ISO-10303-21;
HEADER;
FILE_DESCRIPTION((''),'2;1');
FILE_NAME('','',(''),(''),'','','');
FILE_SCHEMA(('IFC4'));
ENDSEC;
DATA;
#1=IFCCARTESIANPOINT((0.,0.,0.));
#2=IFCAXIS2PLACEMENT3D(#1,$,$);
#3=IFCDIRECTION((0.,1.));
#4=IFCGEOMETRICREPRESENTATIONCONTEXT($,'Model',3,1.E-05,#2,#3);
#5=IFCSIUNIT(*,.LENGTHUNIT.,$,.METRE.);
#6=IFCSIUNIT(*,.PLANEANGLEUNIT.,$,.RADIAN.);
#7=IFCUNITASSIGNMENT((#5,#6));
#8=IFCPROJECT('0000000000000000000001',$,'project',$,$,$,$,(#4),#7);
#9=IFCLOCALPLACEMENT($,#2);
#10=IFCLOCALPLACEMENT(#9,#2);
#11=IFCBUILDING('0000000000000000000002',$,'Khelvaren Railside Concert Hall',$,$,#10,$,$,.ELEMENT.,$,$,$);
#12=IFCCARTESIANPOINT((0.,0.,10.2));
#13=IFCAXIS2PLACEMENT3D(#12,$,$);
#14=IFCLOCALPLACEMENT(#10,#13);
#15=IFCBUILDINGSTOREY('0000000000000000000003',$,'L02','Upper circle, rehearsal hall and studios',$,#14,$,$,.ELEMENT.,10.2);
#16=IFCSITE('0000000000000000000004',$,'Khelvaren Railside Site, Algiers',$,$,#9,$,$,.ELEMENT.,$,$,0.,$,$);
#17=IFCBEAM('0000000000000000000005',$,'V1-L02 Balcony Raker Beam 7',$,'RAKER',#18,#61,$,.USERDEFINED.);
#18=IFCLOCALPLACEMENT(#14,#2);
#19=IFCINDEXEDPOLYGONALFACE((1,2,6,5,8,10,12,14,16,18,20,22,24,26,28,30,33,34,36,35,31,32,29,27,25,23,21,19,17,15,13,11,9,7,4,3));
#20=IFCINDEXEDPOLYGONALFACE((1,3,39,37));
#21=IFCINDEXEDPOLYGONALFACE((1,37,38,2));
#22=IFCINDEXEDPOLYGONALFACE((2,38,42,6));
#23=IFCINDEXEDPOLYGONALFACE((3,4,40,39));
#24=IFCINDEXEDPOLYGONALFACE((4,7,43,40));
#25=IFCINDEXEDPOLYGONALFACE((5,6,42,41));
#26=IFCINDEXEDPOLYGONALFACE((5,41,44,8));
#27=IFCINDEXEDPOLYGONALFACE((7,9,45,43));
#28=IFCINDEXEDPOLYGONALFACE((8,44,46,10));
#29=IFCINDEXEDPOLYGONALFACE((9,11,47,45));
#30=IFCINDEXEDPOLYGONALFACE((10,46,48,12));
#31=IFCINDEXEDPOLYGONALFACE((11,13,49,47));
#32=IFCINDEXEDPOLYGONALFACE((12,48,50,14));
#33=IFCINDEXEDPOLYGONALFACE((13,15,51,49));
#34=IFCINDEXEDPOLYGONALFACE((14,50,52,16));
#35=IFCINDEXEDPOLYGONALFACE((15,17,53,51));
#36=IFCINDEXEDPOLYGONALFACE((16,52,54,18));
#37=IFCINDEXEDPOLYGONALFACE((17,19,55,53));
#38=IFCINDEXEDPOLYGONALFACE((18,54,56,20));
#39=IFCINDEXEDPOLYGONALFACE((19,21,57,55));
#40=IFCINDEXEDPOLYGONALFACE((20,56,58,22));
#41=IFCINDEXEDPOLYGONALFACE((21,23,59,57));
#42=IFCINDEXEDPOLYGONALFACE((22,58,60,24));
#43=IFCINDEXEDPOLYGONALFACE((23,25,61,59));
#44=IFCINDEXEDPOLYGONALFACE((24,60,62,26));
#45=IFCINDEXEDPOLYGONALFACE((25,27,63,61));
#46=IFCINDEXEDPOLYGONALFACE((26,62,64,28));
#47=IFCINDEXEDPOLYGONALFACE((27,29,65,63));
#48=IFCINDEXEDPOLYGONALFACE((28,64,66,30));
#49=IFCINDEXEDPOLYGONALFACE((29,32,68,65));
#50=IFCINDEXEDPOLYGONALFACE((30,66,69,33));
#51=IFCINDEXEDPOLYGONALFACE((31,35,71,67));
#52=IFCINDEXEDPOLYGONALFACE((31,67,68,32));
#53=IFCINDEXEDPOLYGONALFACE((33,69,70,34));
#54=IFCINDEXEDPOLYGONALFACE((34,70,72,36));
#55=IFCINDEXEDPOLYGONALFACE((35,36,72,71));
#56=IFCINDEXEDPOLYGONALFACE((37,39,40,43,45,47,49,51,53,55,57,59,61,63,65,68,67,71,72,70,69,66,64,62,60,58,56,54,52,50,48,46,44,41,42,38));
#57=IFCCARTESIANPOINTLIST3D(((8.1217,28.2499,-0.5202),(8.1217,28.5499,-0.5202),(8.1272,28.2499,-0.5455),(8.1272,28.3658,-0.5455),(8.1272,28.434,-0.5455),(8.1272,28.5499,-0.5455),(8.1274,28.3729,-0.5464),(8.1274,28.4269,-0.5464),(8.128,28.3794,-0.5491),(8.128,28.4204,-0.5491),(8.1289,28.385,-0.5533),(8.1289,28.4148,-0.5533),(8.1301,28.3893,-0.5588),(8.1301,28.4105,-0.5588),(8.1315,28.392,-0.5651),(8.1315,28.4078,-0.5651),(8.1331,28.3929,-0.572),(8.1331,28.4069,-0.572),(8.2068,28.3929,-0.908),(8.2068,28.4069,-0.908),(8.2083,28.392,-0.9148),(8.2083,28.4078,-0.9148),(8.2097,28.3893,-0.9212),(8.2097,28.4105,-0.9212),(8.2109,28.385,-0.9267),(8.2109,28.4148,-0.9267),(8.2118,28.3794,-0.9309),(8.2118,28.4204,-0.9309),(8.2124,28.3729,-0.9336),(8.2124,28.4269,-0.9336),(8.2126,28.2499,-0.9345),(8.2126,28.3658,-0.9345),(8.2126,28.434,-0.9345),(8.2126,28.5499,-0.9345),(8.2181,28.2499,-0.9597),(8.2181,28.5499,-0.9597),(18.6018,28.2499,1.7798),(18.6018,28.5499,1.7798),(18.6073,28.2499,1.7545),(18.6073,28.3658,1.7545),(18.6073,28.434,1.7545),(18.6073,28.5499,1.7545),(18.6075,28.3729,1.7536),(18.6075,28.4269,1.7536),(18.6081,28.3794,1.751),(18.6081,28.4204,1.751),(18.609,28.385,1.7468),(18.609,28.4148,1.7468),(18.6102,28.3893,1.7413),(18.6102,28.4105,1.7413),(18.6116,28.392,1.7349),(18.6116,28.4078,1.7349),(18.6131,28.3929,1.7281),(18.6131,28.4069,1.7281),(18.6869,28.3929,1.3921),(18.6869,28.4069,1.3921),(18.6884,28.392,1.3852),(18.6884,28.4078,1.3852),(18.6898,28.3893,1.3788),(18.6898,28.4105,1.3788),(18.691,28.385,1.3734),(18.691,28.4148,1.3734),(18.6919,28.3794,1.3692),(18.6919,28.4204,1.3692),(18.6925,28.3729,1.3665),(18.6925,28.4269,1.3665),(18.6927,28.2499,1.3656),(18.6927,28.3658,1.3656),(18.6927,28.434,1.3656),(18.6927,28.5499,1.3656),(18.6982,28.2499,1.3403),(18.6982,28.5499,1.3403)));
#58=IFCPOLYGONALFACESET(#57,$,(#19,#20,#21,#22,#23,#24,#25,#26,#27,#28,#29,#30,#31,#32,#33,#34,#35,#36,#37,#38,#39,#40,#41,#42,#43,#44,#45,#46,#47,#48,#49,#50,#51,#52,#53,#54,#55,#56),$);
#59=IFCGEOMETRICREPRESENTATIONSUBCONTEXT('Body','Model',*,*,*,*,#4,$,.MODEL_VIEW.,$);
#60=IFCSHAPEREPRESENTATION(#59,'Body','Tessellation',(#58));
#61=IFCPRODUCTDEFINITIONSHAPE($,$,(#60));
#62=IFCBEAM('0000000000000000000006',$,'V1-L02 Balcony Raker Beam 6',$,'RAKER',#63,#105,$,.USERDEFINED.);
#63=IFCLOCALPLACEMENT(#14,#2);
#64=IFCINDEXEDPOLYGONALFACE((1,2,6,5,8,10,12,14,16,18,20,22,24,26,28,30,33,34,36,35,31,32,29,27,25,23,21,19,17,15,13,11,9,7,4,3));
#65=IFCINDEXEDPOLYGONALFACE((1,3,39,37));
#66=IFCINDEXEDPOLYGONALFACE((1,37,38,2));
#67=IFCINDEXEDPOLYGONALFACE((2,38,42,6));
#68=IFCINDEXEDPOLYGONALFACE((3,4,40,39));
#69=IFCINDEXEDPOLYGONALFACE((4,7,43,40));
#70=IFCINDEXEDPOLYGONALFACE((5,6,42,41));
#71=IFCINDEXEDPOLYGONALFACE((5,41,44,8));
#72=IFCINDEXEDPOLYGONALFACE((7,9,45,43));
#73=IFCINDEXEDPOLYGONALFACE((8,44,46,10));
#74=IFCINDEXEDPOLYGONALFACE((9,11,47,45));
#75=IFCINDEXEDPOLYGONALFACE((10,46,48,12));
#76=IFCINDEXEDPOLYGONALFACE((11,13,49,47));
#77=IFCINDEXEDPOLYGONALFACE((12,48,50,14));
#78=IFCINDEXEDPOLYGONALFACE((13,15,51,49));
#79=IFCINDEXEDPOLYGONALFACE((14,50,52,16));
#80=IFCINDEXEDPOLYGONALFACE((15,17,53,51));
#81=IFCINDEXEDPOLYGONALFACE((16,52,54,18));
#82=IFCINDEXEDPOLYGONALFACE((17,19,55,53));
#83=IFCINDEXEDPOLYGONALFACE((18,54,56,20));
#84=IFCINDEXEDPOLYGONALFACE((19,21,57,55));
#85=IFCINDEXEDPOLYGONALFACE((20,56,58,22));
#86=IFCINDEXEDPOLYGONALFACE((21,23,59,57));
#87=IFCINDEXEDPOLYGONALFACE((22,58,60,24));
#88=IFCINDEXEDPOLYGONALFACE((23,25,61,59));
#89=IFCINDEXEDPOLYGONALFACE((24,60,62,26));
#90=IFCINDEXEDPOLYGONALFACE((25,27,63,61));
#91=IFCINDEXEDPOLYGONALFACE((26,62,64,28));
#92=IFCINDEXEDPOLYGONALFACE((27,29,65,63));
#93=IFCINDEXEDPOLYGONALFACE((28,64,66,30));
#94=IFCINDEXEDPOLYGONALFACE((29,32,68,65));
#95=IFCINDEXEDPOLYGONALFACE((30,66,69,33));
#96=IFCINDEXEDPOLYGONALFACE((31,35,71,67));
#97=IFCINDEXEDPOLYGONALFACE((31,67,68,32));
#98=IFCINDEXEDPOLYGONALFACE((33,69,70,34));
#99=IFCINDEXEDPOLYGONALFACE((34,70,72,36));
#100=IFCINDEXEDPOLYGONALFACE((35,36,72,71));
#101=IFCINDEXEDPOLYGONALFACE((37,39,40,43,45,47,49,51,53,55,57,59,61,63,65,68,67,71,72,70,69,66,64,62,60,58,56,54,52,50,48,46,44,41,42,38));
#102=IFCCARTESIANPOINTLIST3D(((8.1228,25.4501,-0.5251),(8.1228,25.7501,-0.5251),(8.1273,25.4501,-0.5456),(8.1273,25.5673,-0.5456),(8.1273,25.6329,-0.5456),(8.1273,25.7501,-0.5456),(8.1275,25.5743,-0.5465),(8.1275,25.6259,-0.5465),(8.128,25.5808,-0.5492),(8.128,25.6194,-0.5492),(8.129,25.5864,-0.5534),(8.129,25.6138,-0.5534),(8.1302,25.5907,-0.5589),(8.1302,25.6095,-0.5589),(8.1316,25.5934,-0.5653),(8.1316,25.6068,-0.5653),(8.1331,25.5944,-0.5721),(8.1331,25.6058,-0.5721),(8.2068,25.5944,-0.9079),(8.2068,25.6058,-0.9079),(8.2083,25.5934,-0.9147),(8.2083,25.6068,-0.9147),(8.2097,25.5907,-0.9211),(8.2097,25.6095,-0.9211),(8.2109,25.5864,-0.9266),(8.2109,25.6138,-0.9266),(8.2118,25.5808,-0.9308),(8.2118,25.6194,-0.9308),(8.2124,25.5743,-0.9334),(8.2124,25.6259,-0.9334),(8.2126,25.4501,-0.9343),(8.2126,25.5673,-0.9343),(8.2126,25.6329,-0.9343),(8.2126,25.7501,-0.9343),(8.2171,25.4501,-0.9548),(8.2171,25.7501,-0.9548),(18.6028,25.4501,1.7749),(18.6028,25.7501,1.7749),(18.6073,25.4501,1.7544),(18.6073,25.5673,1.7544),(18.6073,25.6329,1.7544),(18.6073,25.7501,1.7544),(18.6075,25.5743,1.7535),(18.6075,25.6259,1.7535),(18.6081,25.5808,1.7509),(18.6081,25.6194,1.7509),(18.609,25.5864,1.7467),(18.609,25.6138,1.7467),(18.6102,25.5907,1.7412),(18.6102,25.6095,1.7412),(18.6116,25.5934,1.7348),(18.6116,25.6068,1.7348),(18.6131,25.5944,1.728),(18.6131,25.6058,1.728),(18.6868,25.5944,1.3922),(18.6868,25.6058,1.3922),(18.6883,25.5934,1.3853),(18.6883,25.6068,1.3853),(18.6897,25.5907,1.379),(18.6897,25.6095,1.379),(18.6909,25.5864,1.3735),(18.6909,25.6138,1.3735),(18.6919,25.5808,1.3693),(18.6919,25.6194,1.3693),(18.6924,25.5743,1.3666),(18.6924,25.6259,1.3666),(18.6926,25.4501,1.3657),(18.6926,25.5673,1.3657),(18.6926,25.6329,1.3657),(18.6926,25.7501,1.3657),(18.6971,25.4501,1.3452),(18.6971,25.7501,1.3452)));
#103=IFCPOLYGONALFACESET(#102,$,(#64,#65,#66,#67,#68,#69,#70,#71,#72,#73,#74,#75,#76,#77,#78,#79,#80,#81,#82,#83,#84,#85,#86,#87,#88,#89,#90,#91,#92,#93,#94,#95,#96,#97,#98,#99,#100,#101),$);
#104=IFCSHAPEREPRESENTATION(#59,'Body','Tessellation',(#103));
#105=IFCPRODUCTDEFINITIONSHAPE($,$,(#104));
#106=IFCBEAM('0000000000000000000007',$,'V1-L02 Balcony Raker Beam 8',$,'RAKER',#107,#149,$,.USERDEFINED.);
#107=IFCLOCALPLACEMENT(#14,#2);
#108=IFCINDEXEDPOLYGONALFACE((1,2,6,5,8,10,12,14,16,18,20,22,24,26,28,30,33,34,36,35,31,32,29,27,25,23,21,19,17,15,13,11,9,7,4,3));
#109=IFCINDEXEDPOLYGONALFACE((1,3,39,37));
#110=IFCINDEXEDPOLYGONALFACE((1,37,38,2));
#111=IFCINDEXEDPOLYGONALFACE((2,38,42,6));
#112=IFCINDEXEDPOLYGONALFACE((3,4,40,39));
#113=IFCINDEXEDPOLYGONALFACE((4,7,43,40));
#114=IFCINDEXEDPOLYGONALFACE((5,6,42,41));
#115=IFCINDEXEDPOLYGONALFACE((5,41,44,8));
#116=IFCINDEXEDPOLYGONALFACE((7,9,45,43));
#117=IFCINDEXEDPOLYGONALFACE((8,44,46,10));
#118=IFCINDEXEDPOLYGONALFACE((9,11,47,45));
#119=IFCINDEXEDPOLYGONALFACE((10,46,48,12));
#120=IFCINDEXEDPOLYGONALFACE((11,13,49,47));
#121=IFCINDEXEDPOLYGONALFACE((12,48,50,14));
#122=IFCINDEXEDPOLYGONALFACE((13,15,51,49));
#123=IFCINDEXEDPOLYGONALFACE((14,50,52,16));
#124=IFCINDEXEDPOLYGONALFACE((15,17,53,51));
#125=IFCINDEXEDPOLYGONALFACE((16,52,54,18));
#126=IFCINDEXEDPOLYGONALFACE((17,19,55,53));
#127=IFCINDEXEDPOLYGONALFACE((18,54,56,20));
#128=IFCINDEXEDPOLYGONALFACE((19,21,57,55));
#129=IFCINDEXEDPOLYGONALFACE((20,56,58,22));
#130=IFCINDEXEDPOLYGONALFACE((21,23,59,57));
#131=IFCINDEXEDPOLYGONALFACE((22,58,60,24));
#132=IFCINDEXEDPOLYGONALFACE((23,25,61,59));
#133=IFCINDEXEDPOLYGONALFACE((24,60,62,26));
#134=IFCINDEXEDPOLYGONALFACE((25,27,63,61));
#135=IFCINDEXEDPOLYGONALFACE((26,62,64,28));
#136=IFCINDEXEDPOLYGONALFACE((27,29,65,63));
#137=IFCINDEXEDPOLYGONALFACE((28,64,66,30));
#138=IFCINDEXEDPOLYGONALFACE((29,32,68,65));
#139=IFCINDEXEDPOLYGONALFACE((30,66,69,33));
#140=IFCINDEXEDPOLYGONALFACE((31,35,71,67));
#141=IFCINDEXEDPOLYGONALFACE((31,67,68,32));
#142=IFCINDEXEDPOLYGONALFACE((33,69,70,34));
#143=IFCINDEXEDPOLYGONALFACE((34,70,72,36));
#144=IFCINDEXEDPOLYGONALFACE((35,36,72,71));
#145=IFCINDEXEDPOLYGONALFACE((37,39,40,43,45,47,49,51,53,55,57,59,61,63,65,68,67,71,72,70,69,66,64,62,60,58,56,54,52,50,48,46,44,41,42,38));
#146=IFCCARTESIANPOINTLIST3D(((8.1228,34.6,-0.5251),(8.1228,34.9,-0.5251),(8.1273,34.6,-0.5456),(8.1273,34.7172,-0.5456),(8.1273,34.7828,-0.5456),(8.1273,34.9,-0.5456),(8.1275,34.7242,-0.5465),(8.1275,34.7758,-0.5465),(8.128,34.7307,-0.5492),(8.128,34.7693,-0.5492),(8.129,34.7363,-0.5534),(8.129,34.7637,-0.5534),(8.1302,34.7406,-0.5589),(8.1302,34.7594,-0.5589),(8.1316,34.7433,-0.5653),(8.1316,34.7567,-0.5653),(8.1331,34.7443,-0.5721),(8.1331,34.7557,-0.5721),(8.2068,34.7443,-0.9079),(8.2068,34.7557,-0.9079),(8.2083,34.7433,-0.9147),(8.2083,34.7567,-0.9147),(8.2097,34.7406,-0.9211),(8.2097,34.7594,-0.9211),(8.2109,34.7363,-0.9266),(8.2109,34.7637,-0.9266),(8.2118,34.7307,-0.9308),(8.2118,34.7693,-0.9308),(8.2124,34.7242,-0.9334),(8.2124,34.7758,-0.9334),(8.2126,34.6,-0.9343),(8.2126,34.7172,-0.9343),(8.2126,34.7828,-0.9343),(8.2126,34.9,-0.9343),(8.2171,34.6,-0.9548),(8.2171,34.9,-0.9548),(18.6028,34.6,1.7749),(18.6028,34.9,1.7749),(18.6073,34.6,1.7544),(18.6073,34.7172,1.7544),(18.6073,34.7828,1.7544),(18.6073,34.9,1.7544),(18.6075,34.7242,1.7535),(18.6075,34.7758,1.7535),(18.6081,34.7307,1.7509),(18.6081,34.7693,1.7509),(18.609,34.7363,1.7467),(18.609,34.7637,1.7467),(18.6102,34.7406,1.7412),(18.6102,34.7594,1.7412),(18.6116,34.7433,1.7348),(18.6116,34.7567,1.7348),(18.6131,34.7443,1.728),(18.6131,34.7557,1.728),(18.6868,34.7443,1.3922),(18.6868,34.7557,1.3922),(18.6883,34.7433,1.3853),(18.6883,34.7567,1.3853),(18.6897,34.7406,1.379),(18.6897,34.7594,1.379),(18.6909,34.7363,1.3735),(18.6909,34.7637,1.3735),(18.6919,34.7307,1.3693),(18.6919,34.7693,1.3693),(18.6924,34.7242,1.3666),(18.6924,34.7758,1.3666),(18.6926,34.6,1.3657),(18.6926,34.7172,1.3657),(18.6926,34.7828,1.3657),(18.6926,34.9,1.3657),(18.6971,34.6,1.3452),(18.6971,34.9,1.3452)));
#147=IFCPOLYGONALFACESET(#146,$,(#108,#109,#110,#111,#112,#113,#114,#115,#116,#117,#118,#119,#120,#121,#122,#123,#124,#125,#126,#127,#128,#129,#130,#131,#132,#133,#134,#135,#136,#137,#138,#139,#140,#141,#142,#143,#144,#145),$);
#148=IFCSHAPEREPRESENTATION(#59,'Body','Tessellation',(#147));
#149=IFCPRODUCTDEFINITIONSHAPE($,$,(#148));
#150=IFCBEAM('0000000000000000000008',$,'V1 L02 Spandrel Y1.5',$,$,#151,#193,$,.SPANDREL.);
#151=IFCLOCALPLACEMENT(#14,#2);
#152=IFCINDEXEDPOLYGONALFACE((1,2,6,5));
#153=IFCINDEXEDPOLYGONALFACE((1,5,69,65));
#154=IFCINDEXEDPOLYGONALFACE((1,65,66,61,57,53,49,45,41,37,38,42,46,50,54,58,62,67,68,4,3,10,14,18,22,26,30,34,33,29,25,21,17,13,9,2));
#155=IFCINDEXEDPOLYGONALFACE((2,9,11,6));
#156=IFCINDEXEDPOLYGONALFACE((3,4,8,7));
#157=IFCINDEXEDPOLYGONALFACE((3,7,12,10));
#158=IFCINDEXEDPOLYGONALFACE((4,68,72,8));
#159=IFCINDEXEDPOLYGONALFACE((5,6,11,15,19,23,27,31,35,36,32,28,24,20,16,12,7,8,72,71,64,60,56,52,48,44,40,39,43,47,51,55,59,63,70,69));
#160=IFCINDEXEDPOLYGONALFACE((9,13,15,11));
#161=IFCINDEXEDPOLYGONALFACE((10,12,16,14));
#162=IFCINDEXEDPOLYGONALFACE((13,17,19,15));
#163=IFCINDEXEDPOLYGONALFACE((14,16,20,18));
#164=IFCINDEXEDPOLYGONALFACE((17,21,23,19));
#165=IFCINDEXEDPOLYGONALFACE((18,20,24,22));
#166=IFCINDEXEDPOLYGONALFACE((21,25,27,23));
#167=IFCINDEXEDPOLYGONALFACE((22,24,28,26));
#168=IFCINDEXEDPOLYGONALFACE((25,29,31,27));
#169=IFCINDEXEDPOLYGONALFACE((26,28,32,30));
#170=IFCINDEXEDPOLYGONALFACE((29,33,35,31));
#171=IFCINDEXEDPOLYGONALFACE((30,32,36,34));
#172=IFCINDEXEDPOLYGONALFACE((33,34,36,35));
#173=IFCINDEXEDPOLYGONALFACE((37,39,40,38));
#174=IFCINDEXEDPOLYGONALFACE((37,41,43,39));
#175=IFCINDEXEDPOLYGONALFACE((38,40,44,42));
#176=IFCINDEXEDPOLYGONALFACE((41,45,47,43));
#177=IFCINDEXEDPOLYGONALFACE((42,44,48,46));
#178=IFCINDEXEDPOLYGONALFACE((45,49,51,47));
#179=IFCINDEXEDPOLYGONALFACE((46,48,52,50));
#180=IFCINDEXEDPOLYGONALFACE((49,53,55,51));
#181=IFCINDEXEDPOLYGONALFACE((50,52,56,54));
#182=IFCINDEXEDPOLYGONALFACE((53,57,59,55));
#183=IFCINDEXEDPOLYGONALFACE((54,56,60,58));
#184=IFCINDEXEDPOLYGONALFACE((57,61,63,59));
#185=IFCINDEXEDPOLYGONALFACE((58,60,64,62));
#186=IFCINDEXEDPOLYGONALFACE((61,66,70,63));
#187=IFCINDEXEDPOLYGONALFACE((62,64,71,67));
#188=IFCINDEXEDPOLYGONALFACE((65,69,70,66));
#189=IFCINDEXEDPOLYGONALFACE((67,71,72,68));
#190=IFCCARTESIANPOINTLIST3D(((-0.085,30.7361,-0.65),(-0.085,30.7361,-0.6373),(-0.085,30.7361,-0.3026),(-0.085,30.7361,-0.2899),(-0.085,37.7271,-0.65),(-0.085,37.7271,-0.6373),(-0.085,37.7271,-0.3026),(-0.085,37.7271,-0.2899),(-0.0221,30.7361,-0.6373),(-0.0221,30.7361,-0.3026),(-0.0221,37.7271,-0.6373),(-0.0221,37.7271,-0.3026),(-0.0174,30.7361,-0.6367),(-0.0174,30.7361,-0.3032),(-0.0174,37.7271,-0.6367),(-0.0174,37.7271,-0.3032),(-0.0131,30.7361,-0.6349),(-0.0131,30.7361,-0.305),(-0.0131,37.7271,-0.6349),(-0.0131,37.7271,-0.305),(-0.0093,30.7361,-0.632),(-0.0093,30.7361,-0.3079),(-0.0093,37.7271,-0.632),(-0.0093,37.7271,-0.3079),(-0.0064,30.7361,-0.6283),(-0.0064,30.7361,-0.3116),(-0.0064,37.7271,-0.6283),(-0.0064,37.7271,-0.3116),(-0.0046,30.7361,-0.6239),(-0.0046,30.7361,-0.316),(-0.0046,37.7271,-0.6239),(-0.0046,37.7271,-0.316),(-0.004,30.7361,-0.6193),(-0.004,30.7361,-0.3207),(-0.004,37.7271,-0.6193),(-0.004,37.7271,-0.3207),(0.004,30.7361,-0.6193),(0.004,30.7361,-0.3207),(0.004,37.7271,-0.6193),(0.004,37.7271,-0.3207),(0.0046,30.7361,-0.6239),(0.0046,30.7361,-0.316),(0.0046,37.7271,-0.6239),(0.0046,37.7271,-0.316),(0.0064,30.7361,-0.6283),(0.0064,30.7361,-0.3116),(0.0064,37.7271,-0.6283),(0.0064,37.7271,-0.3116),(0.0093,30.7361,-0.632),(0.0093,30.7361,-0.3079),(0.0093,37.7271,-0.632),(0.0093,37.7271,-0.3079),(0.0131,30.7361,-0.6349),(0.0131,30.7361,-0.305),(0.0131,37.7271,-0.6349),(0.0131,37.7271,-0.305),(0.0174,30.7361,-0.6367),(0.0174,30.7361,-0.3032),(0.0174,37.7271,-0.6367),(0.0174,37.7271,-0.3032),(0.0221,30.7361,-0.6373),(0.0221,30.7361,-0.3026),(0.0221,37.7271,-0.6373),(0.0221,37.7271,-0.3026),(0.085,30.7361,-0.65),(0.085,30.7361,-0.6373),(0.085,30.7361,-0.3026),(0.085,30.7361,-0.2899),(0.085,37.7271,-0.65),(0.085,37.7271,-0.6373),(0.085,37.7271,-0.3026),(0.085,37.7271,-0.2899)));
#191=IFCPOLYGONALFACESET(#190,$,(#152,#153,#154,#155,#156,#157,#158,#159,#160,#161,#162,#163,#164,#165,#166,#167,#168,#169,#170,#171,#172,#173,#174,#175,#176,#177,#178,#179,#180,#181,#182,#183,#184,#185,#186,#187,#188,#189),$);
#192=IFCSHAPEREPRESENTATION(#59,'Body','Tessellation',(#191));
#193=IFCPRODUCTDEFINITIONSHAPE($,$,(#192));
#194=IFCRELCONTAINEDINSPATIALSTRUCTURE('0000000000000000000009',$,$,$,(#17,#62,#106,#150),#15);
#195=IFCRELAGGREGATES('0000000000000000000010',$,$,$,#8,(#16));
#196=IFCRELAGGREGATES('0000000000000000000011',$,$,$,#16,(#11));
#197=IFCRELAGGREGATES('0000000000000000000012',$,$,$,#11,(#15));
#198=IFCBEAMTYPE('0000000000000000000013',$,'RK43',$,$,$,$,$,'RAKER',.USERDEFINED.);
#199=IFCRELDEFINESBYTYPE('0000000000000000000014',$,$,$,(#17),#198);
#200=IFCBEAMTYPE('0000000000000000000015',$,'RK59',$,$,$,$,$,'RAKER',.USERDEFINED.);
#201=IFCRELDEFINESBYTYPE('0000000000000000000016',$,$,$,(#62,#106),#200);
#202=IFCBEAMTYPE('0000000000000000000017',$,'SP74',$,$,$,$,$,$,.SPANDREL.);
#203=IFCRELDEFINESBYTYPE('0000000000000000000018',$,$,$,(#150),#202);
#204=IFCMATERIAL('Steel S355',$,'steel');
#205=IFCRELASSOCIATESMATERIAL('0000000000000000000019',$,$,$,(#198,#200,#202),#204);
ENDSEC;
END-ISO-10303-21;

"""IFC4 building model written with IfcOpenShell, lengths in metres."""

from ifc_helpers import new_model, si_unit, direction, frame, origin, origin_2d, place, context, subcontext, project, spatial, i_section, extrude, material, material_profile, profile_set, type_object, element, save


model = new_model("IFC4")

# Units and contexts
model_context = context("Model", 3, precision=1e-05, world=origin(), true_north=direction((0.0, 1.0)))
body_context = subcontext(model_context, "Body", "Model", "MODEL_VIEW")
ifc_project = project(units=[si_unit("LENGTHUNIT", "METRE"), si_unit("PLANEANGLEUNIT", "RADIAN")], contexts=[model_context])

# Site, building, storey
site_placement = place(None, origin())
site = spatial("IfcSite", under=ifc_project, at=site_placement, Name="Khelvaren Railside Site, Algiers", CompositionType="ELEMENT", RefElevation=0.0)
building_placement = place(site_placement, origin())
building = spatial("IfcBuilding", under=site, at=building_placement, Name="Khelvaren Railside Concert Hall", CompositionType="ELEMENT")
storey_placement = place(building_placement, frame((0.0, 0.0, 10.2)))
storey = spatial("IfcBuildingStorey", under=building, at=storey_placement, Name="L02", Description="Upper circle, rehearsal hall and studios", CompositionType="ELEMENT", Elevation=10.2)

# Shared definitions
ifc_material_1 = material(Name="Steel S355", Category="steel")

# Beams
ifc_material_profile_1 = material_profile(ifc_material_1, i_section(OverallWidth=0.3, OverallDepth=0.45, WebThickness=0.0139, FlangeThickness=0.0259, FilletRadius=0.0271, at=origin_2d()), Name="HEB 450")
ifc_profile_set_1 = profile_set([ifc_material_profile_1], Name="Steel S355")
beam_type_1 = type_object("IfcBeamType", Name="RK43", ElementType="RAKER", PredefinedType="USERDEFINED", material=ifc_profile_set_1)
beam_1_placement = place(storey_placement, frame((8.1699, 28.3999, -0.74), z_axis=(0.976753, 0.0, 0.214369), x_axis=(0.0, 1.0, 0.0)))
element("IfcBeam", 1, at=beam_1_placement, inside=storey, type_object=beam_type_1, Name="V1-L02 Balcony Raker Beam 7", ObjectType="RAKER", PredefinedType="USERDEFINED", context=body_context, shape_type="SweptSolid", body=[
    extrude(i_section(OverallWidth=0.3, OverallDepth=0.45, WebThickness=0.0139, FlangeThickness=0.0259, FilletRadius=0.0271, at=origin_2d()), origin(), (0.0, 0.0, 1.0), 10.7295),
])
ifc_material_profile_2 = material_profile(ifc_material_1, i_section(OverallWidth=0.3, OverallDepth=0.4399, WebThickness=0.0115, FlangeThickness=0.021, FilletRadius=0.0271, at=origin_2d()), Name="HEA 450")
ifc_profile_set_2 = profile_set([ifc_material_profile_2], Name="Steel S355")
beam_type_2 = type_object("IfcBeamType", Name="RK59", ElementType="RAKER", PredefinedType="USERDEFINED", material=ifc_profile_set_2)
for number, where, z_axis, x_axis, name in (
    (2, (8.1699, 25.6001, -0.74), (0.976753, 0.0, 0.214369), (0.0, 1.0, 0.0), "V1-L02 Balcony Raker Beam 6"),
    (3, (8.1699, 34.75, -0.74), (0.976753, 0.0, 0.214369), (0.0, 1.0, 0.0), "V1-L02 Balcony Raker Beam 8"),
):
    element("IfcBeam", number, at=place(storey_placement, frame(where, z_axis=z_axis, x_axis=x_axis)), inside=storey, type_object=beam_type_2, Name=name, ObjectType="RAKER", PredefinedType="USERDEFINED", context=body_context, shape_type="SweptSolid", body=[
        extrude(i_section(OverallWidth=0.3, OverallDepth=0.4399, WebThickness=0.0115, FlangeThickness=0.021, FilletRadius=0.0271, at=origin_2d()), origin(), (0.0, 0.0, 1.0), 10.7295),
    ])
ifc_material_profile_3 = material_profile(ifc_material_1, i_section(OverallWidth=0.1699, OverallDepth=0.3601, WebThickness=0.0081, FlangeThickness=0.0127, FilletRadius=0.0181, at=origin_2d()), Name="IPE 360")
ifc_profile_set_3 = profile_set([ifc_material_profile_3], Name="Steel S355")
beam_type_3 = type_object("IfcBeamType", Name="SP74", PredefinedType="SPANDREL", material=ifc_profile_set_3)
beam_2_placement = place(storey_placement, frame((0.0, 30.7361, -0.47), z_axis=(0.0, 1.0, 0.0), x_axis=(-1.0, 0.0, 0.0)))
element("IfcBeam", 4, at=beam_2_placement, inside=storey, type_object=beam_type_3, Name="V1 L02 Spandrel Y1.5", PredefinedType="SPANDREL", context=body_context, shape_type="SweptSolid", body=[
    extrude(i_section(OverallWidth=0.1699, OverallDepth=0.3601, WebThickness=0.0081, FlangeThickness=0.0127, FilletRadius=0.0181, at=origin_2d()), origin(), (0.0, 0.0, 1.0), 6.991),
])

save(model, "model.ifc")
